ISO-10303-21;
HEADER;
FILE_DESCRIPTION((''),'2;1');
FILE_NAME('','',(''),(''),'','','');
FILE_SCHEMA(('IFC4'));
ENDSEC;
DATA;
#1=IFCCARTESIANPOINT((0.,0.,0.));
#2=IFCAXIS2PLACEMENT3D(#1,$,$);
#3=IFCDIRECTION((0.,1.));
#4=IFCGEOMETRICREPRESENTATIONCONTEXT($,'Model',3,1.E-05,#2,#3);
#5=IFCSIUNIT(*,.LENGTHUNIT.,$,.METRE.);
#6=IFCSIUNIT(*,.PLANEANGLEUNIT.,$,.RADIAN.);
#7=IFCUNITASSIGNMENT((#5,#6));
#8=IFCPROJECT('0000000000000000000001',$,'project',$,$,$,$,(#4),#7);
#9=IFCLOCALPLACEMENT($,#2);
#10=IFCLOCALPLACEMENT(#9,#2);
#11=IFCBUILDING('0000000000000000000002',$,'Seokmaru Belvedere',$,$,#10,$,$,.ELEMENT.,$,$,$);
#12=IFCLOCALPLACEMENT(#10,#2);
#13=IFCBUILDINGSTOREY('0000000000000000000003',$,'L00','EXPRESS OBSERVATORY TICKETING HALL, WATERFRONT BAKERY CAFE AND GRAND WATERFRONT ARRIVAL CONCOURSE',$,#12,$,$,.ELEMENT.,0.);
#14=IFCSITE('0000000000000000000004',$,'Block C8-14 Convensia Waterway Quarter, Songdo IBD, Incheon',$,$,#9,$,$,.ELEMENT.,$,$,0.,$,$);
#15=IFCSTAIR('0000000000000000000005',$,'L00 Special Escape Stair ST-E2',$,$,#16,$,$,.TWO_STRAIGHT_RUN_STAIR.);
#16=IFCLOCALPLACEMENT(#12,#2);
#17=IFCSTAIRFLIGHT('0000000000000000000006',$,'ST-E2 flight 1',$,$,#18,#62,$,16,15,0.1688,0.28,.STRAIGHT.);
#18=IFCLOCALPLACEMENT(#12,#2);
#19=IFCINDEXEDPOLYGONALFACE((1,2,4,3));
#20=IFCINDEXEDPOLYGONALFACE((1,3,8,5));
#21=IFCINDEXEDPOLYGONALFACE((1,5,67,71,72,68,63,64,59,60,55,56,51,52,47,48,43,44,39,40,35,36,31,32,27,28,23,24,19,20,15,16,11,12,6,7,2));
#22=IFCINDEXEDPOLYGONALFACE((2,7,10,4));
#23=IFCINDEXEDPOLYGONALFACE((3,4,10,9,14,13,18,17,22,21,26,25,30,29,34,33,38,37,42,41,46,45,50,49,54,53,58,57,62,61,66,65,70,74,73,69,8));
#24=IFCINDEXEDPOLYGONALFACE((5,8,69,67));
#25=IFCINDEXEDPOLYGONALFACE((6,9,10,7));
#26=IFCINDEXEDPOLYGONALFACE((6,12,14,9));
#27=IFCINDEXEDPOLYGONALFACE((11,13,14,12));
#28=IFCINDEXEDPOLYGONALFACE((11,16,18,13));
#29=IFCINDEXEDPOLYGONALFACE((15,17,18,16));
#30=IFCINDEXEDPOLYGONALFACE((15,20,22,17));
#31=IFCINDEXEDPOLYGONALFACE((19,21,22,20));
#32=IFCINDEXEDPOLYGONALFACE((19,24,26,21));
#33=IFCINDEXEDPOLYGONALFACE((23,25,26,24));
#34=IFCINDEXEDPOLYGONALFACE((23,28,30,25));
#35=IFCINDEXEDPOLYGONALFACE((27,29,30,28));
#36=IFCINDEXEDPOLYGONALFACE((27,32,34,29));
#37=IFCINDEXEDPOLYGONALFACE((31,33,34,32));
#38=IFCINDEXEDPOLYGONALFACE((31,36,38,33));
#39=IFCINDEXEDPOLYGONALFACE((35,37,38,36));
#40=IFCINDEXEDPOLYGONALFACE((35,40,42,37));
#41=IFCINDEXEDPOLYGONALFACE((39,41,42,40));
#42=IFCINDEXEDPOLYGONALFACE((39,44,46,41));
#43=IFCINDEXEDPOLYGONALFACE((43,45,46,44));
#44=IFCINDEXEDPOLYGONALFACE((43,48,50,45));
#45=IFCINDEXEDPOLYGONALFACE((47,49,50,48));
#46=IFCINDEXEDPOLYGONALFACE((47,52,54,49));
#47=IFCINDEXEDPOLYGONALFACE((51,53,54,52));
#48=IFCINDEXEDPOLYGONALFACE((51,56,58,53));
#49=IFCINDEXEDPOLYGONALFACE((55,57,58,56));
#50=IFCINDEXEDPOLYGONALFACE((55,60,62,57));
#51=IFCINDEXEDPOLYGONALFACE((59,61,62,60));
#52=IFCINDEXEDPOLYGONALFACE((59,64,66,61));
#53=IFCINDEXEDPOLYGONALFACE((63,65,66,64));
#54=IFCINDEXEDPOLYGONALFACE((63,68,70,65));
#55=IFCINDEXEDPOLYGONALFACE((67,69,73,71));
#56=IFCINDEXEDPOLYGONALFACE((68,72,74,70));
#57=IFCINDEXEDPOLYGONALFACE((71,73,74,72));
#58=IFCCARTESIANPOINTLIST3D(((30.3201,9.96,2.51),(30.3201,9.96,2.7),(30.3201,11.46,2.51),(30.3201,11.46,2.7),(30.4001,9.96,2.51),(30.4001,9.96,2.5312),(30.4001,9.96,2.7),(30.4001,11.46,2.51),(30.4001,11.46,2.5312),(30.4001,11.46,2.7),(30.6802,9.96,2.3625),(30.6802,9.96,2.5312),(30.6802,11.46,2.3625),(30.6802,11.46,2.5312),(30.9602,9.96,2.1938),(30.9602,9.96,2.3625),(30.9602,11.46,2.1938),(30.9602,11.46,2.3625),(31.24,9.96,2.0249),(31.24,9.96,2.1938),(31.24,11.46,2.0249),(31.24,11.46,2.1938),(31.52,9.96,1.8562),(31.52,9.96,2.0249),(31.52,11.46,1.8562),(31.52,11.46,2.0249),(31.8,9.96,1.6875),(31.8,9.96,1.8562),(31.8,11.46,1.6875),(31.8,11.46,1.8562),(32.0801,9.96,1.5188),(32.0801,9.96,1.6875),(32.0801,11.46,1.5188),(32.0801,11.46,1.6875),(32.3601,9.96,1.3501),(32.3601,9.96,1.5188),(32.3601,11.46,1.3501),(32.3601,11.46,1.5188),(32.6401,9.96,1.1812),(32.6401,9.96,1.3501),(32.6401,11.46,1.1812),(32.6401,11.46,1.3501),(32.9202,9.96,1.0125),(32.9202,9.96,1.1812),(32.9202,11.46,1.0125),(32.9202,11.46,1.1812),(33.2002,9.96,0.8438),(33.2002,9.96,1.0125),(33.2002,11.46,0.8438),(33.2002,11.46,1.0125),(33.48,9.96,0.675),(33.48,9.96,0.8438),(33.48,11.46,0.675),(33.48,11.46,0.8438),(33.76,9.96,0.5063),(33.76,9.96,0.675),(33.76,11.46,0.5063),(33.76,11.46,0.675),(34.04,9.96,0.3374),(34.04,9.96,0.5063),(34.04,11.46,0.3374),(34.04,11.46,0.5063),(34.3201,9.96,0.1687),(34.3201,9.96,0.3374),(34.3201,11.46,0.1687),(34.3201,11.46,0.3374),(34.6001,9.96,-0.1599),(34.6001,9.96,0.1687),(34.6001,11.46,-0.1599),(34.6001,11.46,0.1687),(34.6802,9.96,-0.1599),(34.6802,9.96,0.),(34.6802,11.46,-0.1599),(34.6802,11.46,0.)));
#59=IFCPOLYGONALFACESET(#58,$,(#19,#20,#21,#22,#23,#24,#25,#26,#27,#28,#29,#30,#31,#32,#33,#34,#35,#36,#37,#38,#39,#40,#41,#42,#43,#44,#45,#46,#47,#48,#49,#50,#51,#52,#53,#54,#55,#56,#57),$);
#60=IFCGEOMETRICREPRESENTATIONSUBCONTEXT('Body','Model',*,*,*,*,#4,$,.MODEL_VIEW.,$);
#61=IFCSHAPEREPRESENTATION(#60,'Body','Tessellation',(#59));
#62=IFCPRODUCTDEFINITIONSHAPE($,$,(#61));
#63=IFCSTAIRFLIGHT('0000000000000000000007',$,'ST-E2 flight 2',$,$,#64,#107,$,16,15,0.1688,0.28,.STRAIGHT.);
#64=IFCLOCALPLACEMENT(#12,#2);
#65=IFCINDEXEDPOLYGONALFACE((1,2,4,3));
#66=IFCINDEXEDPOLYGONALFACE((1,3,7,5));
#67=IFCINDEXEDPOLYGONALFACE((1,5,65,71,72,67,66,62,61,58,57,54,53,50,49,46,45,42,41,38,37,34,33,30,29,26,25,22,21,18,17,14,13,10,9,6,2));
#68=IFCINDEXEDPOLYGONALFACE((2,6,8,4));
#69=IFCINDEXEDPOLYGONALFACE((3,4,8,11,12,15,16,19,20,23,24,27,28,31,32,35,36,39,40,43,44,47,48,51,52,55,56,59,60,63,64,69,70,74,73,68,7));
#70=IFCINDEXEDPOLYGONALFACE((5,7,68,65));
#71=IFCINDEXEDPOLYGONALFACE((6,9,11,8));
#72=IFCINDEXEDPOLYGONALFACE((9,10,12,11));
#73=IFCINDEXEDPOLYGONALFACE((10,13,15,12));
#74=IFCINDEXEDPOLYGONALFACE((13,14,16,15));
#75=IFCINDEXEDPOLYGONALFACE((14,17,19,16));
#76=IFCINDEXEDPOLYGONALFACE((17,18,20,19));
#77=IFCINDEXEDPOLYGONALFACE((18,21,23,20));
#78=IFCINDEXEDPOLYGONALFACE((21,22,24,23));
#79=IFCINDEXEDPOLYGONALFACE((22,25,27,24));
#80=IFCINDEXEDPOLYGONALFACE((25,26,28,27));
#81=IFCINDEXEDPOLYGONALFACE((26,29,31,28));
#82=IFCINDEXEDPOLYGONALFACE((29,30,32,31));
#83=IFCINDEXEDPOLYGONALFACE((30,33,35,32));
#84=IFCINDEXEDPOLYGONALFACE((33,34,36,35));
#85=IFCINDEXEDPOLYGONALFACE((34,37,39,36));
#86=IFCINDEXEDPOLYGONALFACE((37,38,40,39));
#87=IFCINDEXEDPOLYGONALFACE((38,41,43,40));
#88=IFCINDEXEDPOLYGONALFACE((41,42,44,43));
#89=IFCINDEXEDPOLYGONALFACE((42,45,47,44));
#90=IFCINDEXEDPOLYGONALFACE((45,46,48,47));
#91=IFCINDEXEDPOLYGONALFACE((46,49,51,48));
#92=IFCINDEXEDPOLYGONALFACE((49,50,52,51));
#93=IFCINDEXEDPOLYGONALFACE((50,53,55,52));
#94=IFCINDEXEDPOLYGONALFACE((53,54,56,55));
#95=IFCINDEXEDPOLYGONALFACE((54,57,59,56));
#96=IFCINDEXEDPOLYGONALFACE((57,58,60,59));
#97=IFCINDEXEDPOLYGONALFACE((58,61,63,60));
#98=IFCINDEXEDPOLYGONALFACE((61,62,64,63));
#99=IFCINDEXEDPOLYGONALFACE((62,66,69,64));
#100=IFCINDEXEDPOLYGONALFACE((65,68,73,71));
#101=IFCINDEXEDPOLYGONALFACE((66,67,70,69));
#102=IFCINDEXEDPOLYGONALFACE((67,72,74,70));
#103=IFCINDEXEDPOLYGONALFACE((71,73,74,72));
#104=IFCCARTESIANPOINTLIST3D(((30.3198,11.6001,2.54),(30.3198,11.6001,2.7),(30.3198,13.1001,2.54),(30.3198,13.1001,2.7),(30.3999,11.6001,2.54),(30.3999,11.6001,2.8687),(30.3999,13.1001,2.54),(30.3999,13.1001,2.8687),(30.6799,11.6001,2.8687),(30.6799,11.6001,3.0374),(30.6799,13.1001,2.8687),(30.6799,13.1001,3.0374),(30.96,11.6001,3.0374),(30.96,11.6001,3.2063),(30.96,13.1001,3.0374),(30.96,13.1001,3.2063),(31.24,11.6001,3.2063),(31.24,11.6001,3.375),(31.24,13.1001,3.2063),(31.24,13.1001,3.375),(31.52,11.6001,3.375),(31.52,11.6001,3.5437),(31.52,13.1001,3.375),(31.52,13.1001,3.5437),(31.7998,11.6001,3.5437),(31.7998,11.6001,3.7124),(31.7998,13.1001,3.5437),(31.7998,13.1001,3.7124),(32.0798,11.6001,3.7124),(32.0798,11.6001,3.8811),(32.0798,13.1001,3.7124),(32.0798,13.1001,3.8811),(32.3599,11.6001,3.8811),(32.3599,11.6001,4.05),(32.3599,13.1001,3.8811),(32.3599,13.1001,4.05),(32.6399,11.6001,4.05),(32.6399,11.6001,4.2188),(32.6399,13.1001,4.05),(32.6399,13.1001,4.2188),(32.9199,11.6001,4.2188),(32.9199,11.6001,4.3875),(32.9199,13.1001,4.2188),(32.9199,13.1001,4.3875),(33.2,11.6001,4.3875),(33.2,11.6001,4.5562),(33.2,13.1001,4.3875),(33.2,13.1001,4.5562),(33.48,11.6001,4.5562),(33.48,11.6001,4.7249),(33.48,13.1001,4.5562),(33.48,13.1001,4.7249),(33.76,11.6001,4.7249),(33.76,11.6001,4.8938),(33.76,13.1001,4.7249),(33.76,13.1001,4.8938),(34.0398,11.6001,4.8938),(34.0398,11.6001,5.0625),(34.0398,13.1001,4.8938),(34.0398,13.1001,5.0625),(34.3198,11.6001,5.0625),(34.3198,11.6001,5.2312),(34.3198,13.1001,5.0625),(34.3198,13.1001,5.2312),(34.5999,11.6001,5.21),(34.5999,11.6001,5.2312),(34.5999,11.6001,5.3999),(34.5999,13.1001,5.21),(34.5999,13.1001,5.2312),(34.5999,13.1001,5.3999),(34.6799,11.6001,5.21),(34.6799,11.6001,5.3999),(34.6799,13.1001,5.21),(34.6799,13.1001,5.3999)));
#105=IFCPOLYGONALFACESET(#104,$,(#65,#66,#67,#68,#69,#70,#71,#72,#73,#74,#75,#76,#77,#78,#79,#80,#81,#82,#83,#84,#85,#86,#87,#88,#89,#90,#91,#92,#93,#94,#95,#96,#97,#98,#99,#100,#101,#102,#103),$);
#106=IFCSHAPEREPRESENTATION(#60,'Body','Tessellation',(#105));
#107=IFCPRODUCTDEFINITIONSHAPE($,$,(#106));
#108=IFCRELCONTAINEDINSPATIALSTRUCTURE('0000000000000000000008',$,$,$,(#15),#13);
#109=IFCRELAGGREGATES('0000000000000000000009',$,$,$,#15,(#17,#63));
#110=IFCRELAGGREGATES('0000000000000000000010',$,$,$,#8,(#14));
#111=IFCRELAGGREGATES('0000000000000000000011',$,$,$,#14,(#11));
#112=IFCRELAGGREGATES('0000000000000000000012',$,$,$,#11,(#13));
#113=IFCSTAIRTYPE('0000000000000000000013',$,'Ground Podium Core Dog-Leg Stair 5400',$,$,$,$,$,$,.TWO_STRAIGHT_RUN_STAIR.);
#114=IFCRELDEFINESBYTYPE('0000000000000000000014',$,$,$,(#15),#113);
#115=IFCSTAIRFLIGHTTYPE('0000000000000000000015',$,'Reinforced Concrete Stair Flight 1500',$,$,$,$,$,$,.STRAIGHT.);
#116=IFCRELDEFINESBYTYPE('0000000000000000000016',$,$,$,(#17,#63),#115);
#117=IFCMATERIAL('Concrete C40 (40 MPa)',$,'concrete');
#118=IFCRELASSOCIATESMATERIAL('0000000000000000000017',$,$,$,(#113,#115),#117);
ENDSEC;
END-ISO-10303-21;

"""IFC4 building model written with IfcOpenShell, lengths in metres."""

from ifc_helpers import new_model, si_unit, direction, frame, origin, place, context, subcontext, project, spatial, polyline, outline, extrude, material, type_object, element, aggregate, save


model = new_model("IFC4")

# Units and contexts
model_context = context("Model", 3, precision=1e-05, world=origin(), true_north=direction((0.0, 1.0)))
body_context = subcontext(model_context, "Body", "Model", "MODEL_VIEW")
ifc_project = project(units=[si_unit("LENGTHUNIT", "METRE"), si_unit("PLANEANGLEUNIT", "RADIAN")], contexts=[model_context])

# Site, building, storey
site_placement = place(None, origin())
site = spatial("IfcSite", under=ifc_project, at=site_placement, Name="Block C8-14 Convensia Waterway Quarter, Songdo IBD, Incheon", CompositionType="ELEMENT", RefElevation=0.0)
building_placement = place(site_placement, origin())
building = spatial("IfcBuilding", under=site, at=building_placement, Name="Seokmaru Belvedere", CompositionType="ELEMENT")
storey_placement = place(building_placement, origin())
storey = spatial("IfcBuildingStorey", under=building, at=storey_placement, Name="L00", Description="EXPRESS OBSERVATORY TICKETING HALL, WATERFRONT BAKERY CAFE AND GRAND WATERFRONT ARRIVAL CONCOURSE", CompositionType="ELEMENT", Elevation=0.0)

# Stair, stair flights
ifc_material_1 = material(Name="Concrete C40 (40 MPa)", Category="concrete")
stair_type = type_object("IfcStairType", Name="Ground Podium Core Dog-Leg Stair 5400", PredefinedType="TWO_STRAIGHT_RUN_STAIR", material=ifc_material_1)
stair_placement = place(storey_placement, origin())
stair = element("IfcStair", 1, at=stair_placement, inside=storey, type_object=stair_type, Name="L00 Special Escape Stair ST-E2", PredefinedType="TWO_STRAIGHT_RUN_STAIR")
stair_flight_type = type_object("IfcStairFlightType", Name="Reinforced Concrete Stair Flight 1500", PredefinedType="STRAIGHT", material=ifc_material_1)
stair_flight_1_placement = place(storey_placement, frame((34.6001, 10.71, 0.0), z_axis=(0.0, 0.0, 1.0), x_axis=(-1.0, 0.0, 0.0)))
stair_flight_1 = element("IfcStairFlight", 2, at=stair_flight_1_placement, type_object=stair_flight_type, Name="ST-E2 flight 1", NumberOfRisers=16, NumberOfTreads=15, PredefinedType="STRAIGHT", RiserHeight=0.1688, TreadLength=0.28, context=body_context, shape_type="SweptSolid", body=[
    extrude(outline(polyline([(-0.0801, 0.0), (0.0, 0.1687), (0.28, 0.1687), (0.28, 0.3374), (0.5601, 0.3374), (0.5601, 0.5063), (0.8401, 0.5063), (0.8401, 0.675), (1.1201, 0.675), (1.1201, 0.8438), (1.3999, 0.8438), (1.3999, 1.0125), (1.6799, 1.0125), (1.6799, 1.1812), (1.96, 1.1812), (1.96, 1.3501), (2.24, 1.3501), (2.24, 1.5188), (2.52, 1.5188), (2.52, 1.6875), (2.8, 1.6875), (2.8, 1.8562), (3.0801, 1.8562), (3.0801, 2.0249), (3.3601, 2.0249), (3.3601, 2.1938), (3.6399, 2.1938), (3.6399, 2.3625), (3.9199, 2.3625), (3.9199, 2.5312), (4.2, 2.5312), (4.2, 2.7), (4.28, 2.7), (4.28, 2.51), (4.2, 2.51), (0.0, -0.1599), (-0.0801, -0.1599), (-0.0801, 0.0)])), frame((0.0, 0.75, 0.0), z_axis=(0.0, -1.0, 0.0), x_axis=(1.0, 0.0, 0.0)), (0.0, 0.0, 1.0), 1.5),
])
stair_flight_2_placement = place(storey_placement, frame((30.3999, 12.3501, 2.7), z_axis=(0.0, 0.0, 1.0), x_axis=(1.0, 0.0, 0.0)))
stair_flight_2 = element("IfcStairFlight", 3, at=stair_flight_2_placement, type_object=stair_flight_type, Name="ST-E2 flight 2", NumberOfRisers=16, NumberOfTreads=15, PredefinedType="STRAIGHT", RiserHeight=0.1688, TreadLength=0.28, context=body_context, shape_type="SweptSolid", body=[
    extrude(outline(polyline([(-0.0801, 0.0), (0.0, 0.1687), (0.28, 0.1687), (0.28, 0.3374), (0.5601, 0.3374), (0.5601, 0.5063), (0.8401, 0.5063), (0.8401, 0.675), (1.1201, 0.675), (1.1201, 0.8438), (1.3999, 0.8438), (1.3999, 1.0125), (1.6799, 1.0125), (1.6799, 1.1812), (1.96, 1.1812), (1.96, 1.3501), (2.24, 1.3501), (2.24, 1.5188), (2.52, 1.5188), (2.52, 1.6875), (2.8, 1.6875), (2.8, 1.8562), (3.0801, 1.8562), (3.0801, 2.0249), (3.3601, 2.0249), (3.3601, 2.1938), (3.6399, 2.1938), (3.6399, 2.3625), (3.9199, 2.3625), (3.9199, 2.5312), (4.2, 2.5312), (4.2, 2.7), (4.28, 2.7), (4.28, 2.51), (4.2, 2.51), (0.0, -0.1599), (-0.0801, -0.1599), (-0.0801, 0.0)])), frame((0.0, 0.75, 0.0), z_axis=(0.0, -1.0, 0.0), x_axis=(1.0, 0.0, 0.0)), (0.0, 0.0, 1.0), 1.5),
])
aggregate(stair, [stair_flight_1, stair_flight_2])

save(model, "model.ifc")
